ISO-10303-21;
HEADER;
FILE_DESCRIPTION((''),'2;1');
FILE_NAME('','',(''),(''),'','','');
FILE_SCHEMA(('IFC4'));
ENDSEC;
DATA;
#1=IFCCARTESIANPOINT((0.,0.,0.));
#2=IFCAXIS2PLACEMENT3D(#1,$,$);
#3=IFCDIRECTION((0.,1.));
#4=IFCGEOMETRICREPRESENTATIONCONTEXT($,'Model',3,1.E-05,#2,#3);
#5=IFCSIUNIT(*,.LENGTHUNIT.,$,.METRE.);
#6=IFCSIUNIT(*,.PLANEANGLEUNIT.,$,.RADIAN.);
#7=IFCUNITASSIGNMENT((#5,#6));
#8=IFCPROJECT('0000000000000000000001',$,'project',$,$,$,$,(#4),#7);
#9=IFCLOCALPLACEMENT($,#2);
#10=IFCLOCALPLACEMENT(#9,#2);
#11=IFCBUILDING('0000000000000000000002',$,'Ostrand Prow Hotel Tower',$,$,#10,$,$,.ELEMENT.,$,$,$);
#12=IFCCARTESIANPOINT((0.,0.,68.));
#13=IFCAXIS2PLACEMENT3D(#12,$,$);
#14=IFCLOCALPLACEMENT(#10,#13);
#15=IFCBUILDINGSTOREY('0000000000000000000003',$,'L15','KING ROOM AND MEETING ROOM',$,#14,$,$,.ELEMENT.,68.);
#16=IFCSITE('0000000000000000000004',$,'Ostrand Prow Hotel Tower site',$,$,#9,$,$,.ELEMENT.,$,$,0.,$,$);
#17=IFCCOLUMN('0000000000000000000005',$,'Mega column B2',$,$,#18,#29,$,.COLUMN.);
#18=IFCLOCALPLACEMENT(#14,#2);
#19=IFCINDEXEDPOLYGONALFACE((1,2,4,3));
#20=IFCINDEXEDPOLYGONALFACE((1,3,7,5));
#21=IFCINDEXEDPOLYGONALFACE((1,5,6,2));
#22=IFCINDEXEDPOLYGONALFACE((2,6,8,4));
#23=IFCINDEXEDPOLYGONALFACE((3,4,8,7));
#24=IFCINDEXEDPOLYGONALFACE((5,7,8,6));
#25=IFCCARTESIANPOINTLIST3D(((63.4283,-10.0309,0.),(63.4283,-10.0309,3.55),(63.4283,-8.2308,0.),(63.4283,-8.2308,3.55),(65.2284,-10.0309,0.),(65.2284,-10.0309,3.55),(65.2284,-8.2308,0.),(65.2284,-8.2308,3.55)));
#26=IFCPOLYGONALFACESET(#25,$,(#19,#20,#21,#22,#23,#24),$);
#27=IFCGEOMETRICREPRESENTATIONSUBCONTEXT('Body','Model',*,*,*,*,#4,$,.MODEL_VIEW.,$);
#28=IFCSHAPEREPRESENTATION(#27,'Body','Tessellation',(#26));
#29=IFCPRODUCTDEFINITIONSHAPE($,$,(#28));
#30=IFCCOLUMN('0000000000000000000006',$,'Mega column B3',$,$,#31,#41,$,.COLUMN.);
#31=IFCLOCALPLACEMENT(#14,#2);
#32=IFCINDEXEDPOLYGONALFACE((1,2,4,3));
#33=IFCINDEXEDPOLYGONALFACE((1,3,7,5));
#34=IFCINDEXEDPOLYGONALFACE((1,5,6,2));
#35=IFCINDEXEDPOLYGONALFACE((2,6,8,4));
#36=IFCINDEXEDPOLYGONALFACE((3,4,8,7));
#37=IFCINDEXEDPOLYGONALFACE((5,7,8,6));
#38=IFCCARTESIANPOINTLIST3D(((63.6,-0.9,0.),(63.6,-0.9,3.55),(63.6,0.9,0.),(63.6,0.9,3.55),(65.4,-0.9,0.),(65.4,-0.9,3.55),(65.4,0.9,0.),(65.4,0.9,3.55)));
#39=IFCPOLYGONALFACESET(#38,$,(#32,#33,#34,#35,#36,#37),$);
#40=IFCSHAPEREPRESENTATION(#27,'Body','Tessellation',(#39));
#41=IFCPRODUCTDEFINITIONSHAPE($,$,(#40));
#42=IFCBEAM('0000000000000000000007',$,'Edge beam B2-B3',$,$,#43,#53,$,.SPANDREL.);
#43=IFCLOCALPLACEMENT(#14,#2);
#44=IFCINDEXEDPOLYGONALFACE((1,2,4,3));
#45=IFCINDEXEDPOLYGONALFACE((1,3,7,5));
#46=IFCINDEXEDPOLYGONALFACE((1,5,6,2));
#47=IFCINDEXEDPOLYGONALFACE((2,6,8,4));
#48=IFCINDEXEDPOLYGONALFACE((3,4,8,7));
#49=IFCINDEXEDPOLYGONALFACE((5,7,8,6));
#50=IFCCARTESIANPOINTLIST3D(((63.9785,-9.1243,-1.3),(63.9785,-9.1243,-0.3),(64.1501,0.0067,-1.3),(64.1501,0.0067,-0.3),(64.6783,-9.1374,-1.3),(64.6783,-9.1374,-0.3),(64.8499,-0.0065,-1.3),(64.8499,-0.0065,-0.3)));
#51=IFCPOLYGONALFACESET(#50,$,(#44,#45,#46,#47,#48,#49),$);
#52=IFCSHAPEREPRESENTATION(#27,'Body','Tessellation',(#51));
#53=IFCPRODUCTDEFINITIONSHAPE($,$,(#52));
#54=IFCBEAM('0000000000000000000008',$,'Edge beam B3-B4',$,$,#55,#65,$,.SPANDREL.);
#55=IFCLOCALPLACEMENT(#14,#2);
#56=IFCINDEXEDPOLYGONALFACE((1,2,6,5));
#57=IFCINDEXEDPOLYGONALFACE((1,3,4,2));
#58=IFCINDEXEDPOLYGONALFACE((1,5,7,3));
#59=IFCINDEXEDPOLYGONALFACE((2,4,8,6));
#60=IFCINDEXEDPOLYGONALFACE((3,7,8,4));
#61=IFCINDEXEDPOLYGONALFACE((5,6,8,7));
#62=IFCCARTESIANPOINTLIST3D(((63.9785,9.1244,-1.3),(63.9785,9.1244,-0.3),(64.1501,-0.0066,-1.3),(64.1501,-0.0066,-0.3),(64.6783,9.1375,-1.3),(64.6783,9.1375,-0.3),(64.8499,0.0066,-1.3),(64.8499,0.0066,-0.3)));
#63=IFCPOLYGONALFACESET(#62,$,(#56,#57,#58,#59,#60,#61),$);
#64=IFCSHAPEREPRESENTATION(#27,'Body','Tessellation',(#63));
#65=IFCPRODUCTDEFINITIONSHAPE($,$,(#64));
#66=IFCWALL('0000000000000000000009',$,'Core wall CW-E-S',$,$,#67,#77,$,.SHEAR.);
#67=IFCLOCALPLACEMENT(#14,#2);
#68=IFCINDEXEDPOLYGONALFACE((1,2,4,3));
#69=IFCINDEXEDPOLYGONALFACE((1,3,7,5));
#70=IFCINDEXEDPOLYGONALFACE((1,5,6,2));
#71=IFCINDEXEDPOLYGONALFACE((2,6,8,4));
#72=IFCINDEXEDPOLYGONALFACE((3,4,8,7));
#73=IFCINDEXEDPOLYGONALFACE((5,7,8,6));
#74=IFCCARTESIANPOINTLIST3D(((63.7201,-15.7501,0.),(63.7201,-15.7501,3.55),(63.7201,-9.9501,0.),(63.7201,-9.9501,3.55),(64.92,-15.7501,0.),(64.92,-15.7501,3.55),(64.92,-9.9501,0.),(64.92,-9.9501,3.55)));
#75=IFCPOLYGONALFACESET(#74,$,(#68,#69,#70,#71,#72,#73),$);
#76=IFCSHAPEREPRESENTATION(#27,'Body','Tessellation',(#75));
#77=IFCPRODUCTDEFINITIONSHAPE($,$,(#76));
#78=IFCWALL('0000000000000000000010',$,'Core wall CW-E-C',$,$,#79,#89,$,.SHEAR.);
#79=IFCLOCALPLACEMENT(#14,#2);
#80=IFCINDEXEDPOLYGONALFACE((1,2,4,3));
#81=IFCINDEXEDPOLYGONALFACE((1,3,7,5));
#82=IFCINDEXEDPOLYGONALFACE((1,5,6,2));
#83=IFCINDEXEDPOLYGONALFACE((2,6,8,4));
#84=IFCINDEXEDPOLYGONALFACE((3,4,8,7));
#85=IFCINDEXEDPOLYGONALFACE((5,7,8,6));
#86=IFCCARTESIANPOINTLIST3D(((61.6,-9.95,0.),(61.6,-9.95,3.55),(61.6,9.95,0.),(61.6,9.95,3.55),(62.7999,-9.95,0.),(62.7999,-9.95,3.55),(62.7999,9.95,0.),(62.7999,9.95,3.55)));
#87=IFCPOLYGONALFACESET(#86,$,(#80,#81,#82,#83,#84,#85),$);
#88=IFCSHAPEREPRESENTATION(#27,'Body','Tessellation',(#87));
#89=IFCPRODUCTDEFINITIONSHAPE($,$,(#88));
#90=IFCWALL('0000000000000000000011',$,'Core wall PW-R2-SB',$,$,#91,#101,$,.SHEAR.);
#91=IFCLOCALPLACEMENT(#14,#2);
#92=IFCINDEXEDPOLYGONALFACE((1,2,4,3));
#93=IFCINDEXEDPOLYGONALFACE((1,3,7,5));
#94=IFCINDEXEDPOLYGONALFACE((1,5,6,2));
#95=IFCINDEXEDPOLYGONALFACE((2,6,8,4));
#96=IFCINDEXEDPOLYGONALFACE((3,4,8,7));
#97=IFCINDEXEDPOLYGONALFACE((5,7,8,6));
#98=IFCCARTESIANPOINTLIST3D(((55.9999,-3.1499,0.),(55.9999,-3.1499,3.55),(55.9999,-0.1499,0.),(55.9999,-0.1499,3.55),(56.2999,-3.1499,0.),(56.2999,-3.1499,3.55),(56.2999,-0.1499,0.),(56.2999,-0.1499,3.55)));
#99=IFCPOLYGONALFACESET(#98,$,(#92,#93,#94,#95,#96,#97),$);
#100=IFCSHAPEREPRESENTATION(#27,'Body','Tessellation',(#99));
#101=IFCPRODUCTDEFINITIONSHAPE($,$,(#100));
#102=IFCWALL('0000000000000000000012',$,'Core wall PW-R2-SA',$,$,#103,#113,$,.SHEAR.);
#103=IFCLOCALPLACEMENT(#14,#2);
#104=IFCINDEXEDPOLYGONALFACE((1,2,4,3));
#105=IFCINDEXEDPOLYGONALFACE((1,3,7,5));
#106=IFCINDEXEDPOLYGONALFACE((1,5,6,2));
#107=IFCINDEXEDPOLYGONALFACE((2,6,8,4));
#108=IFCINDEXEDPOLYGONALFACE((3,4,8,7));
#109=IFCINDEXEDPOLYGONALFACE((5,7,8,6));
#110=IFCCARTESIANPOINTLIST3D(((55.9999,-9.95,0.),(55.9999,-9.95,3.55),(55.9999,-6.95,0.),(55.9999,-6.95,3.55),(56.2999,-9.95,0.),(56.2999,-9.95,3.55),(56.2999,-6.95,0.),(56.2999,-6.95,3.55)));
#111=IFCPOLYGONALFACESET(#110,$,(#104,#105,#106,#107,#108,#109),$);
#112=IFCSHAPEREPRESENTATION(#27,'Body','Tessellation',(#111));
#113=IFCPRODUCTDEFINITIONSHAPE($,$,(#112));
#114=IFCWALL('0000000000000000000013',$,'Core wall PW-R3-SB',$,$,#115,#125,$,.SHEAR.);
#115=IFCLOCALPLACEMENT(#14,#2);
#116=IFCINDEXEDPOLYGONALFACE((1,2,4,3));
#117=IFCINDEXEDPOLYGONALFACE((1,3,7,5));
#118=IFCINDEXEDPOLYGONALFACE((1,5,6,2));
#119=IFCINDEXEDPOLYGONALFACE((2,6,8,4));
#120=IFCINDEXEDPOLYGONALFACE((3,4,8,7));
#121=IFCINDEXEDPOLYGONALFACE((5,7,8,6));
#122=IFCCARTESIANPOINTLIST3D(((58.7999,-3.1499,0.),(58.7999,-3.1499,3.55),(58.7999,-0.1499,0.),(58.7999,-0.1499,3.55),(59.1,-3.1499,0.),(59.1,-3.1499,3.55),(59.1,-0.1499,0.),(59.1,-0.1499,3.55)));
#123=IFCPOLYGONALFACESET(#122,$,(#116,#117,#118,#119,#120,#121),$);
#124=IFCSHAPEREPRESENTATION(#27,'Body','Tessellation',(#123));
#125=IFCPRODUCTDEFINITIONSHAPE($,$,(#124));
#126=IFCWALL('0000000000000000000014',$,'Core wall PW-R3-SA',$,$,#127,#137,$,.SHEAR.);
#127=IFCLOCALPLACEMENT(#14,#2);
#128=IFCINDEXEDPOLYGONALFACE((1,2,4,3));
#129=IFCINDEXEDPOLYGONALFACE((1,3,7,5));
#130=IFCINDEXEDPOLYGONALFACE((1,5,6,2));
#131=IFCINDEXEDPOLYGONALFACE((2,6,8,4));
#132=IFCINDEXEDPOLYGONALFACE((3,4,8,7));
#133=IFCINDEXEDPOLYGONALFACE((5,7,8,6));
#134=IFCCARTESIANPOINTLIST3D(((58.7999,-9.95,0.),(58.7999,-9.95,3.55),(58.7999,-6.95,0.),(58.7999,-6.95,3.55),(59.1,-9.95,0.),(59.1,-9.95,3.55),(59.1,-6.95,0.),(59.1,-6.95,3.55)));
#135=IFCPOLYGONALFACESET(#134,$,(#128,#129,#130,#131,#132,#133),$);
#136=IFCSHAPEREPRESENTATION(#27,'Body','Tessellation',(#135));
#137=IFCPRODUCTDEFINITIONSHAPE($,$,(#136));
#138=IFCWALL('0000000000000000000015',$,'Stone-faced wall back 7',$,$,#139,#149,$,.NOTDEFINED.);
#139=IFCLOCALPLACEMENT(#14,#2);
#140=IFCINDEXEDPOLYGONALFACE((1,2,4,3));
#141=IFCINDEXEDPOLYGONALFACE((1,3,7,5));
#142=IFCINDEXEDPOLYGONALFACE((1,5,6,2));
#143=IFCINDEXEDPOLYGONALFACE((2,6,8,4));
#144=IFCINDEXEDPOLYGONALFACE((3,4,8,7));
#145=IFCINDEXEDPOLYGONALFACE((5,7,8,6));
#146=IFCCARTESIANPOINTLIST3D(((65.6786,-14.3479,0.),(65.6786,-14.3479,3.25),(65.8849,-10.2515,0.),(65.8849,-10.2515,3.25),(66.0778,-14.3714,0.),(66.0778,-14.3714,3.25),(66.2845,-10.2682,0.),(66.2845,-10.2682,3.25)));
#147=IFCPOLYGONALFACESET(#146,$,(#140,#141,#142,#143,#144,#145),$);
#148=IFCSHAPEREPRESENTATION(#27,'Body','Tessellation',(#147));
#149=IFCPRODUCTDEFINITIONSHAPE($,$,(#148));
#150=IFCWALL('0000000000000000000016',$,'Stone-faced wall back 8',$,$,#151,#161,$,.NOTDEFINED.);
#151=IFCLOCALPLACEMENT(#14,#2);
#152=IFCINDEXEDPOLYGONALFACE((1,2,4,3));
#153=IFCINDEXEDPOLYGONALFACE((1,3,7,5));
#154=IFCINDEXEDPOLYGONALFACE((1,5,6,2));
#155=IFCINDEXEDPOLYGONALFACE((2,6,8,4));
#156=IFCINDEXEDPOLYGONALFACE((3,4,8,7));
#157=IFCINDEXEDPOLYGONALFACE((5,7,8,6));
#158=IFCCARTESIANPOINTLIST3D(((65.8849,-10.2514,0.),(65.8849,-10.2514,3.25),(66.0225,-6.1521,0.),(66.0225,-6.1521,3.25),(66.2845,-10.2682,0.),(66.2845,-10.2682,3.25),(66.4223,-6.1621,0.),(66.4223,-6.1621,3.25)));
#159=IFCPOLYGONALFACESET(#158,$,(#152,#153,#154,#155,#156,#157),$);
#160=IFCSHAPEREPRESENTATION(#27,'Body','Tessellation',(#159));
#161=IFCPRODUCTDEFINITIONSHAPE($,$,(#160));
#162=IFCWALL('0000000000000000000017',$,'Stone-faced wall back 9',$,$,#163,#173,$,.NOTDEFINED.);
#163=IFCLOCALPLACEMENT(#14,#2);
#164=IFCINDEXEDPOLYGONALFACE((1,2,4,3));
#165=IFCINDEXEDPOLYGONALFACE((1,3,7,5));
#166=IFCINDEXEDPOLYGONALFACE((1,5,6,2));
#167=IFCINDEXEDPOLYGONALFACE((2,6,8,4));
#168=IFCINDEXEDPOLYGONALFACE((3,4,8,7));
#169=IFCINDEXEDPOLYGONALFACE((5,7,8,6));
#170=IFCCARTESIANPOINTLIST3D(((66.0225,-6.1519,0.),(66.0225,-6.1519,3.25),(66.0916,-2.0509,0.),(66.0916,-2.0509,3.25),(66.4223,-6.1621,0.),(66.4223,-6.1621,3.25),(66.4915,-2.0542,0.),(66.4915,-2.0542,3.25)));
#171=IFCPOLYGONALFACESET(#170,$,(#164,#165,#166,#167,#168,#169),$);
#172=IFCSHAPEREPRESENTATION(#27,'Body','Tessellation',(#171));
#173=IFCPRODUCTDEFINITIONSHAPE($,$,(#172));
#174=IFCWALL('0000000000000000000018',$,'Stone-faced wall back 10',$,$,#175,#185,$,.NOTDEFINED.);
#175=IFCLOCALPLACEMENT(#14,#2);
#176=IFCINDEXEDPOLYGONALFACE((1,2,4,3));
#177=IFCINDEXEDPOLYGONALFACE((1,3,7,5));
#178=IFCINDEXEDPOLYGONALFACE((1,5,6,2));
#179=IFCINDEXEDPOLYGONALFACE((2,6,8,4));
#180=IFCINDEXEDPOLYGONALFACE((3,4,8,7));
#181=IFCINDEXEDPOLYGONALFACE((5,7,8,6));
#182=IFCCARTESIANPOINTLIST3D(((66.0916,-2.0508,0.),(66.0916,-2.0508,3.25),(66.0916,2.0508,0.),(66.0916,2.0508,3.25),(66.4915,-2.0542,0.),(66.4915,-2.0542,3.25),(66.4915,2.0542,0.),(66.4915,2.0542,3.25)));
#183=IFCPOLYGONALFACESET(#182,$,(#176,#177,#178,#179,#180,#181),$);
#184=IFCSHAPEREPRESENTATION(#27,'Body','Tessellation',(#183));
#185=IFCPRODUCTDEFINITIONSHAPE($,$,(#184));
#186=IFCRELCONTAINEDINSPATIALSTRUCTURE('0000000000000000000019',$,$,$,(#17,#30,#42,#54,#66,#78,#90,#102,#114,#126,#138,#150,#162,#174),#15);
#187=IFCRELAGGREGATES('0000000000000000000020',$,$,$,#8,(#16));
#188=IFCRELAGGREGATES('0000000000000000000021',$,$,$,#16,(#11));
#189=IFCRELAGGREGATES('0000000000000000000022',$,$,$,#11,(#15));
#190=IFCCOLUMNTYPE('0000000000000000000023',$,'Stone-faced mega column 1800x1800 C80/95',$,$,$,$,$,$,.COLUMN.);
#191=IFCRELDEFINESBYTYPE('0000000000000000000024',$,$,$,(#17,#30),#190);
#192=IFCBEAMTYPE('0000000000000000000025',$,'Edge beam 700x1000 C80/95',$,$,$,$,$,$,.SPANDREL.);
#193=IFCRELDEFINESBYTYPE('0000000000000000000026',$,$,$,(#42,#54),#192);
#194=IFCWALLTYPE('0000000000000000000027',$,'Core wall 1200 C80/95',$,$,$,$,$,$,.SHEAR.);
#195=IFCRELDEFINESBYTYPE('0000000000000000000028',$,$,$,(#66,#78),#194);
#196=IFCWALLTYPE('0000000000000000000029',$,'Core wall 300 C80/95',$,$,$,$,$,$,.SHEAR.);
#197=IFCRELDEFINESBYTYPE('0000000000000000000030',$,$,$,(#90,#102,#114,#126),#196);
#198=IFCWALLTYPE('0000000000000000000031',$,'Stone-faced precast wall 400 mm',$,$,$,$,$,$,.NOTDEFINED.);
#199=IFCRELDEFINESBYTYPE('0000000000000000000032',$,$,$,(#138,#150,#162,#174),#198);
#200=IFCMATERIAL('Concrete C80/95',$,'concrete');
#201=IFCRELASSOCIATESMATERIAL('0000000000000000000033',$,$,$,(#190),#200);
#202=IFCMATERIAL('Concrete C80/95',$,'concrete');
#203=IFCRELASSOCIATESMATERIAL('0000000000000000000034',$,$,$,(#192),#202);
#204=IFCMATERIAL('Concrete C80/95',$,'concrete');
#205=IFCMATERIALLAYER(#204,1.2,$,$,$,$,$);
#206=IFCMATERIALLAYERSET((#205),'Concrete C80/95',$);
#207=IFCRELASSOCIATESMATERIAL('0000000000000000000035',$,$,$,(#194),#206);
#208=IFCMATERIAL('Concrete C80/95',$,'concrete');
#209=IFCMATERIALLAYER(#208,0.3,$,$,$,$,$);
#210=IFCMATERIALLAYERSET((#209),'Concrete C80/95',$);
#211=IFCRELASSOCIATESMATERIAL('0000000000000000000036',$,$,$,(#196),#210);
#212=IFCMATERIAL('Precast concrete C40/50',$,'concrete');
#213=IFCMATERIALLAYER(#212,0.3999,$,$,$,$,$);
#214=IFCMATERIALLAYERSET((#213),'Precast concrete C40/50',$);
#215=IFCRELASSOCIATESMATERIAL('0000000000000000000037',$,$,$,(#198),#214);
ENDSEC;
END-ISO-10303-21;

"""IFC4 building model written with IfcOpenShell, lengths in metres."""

from ifc_helpers import new_model, si_unit, direction, frame, frame_2d, origin, origin_2d, place, context, subcontext, project, spatial, polyline, rectangle, outline, extrude, material, layer, layer_set, material_profile, profile_set, type_object, element, save


model = new_model("IFC4")

# Units and contexts
model_context = context("Model", 3, precision=1e-05, world=origin(), true_north=direction((0.0, 1.0)))
body_context = subcontext(model_context, "Body", "Model", "MODEL_VIEW")
ifc_project = project(units=[si_unit("LENGTHUNIT", "METRE"), si_unit("PLANEANGLEUNIT", "RADIAN")], contexts=[model_context])

# Site, building, storey
site_placement = place(None, origin())
site = spatial("IfcSite", under=ifc_project, at=site_placement, Name="Ostrand Prow Hotel Tower site", CompositionType="ELEMENT", RefElevation=0.0)
building_placement = place(site_placement, origin())
building = spatial("IfcBuilding", under=site, at=building_placement, Name="Ostrand Prow Hotel Tower", CompositionType="ELEMENT")
storey_placement = place(building_placement, frame((0.0, 0.0, 68.0)))
storey = spatial("IfcBuildingStorey", under=building, at=storey_placement, Name="L15", Description="KING ROOM AND MEETING ROOM", CompositionType="ELEMENT", Elevation=68.0)

# Columns
ifc_material_1 = material(Name="Concrete C80/95", Category="concrete")
ifc_material_profile_1 = material_profile(ifc_material_1, rectangle(XDim=1.8, YDim=1.8, at=origin_2d()), Name="RC 1800x1800")
ifc_profile_set_1 = profile_set([ifc_material_profile_1], Name="Concrete C80/95")
column_type = type_object("IfcColumnType", Name="Stone-faced mega column 1800x1800 C80/95", PredefinedType="COLUMN", material=ifc_profile_set_1)
for number, where, z_axis, x_axis, name in (
    (1, (64.3284, -9.1309, 0.0), (0.0, 0.0, 1.0), (1.0, 0.0, 0.0), "Mega column B2"),
    (2, (64.5, 0.0, 0.0), (0.0, 0.0, 1.0), (1.0, 0.0, 0.0), "Mega column B3"),
):
    element("IfcColumn", number, at=place(storey_placement, frame(where, z_axis=z_axis, x_axis=x_axis)), inside=storey, type_object=column_type, Name=name, PredefinedType="COLUMN", context=body_context, shape_type="SweptSolid", body=[
        extrude(rectangle(XDim=1.8, YDim=1.8, at=origin_2d()), origin(), (0.0, 0.0, 1.0), 3.55),
    ])

# Beams
ifc_material_2 = material(Name="Concrete C80/95", Category="concrete")
ifc_material_profile_2 = material_profile(ifc_material_2, rectangle(XDim=0.7, YDim=1.0, at=origin_2d()), Name="RC 700x1000")
ifc_profile_set_2 = profile_set([ifc_material_profile_2], Name="Concrete C80/95")
beam_type = type_object("IfcBeamType", Name="Edge beam 700x1000 C80/95", PredefinedType="SPANDREL", material=ifc_profile_set_2)
for number, where, z_axis, x_axis, name in (
    (3, (64.3284, -9.1309, -0.8), (0.018793, 0.999823, 0.0), (-0.999823, 0.018793, 0.0), "Edge beam B2-B3"),
    (4, (64.5, 0.0, -0.8), (-0.018793, 0.999823, 0.0), (-0.999823, -0.018793, 0.0), "Edge beam B3-B4"),
):
    element("IfcBeam", number, at=place(storey_placement, frame(where, z_axis=z_axis, x_axis=x_axis)), inside=storey, type_object=beam_type, Name=name, PredefinedType="SPANDREL", context=body_context, shape_type="SweptSolid", body=[
        extrude(rectangle(XDim=0.7, YDim=1.0, at=origin_2d()), origin(), (0.0, 0.0, 1.0), 9.1326),
    ])

# Walls
ifc_material_3 = material(Name="Concrete C80/95", Category="concrete")
ifc_layer_1 = layer(ifc_material_3, 1.2)
ifc_layer_set_1 = layer_set([ifc_layer_1], Name="Concrete C80/95")
wall_type_1 = type_object("IfcWallType", Name="Core wall 1200 C80/95", PredefinedType="SHEAR", material=ifc_layer_set_1)
wall_1_placement = place(storey_placement, frame((64.3201, -15.75, 0.0), z_axis=(0.0, 0.0, 1.0), x_axis=(0.0, 1.0, 0.0)))
element("IfcWall", 5, at=wall_1_placement, inside=storey, type_object=wall_type_1, Name="Core wall CW-E-S", PredefinedType="SHEAR", context=body_context, shape_type="SweptSolid", body=[
    extrude(rectangle(XDim=5.8, YDim=1.2, at=frame_2d((2.8999, 0.0))), origin(), (0.0, 0.0, 1.0), 3.55),
])
wall_2_placement = place(storey_placement, frame((62.2, -9.95, 0.0), z_axis=(0.0, 0.0, 1.0), x_axis=(0.0, 1.0, 0.0)))
element("IfcWall", 6, at=wall_2_placement, inside=storey, type_object=wall_type_1, Name="Core wall CW-E-C", PredefinedType="SHEAR", context=body_context, shape_type="SweptSolid", body=[
    extrude(rectangle(XDim=19.8999, YDim=1.2, at=frame_2d((9.95, 0.0))), origin(), (0.0, 0.0, 1.0), 3.55),
])
ifc_material_4 = material(Name="Concrete C80/95", Category="concrete")
ifc_layer_2 = layer(ifc_material_4, 0.3)
ifc_layer_set_2 = layer_set([ifc_layer_2], Name="Concrete C80/95")
wall_type_2 = type_object("IfcWallType", Name="Core wall 300 C80/95", PredefinedType="SHEAR", material=ifc_layer_set_2)
for number, where, z_axis, x_axis, name in (
    (7, (56.1499, -3.1499, 0.0), (0.0, 0.0, 1.0), (0.0, 1.0, 0.0), "Core wall PW-R2-SB"),
    (8, (56.1499, -9.95, 0.0), (0.0, 0.0, 1.0), (0.0, 1.0, 0.0), "Core wall PW-R2-SA"),
    (9, (58.95, -3.1499, 0.0), (0.0, 0.0, 1.0), (0.0, 1.0, 0.0), "Core wall PW-R3-SB"),
    (10, (58.95, -9.95, 0.0), (0.0, 0.0, 1.0), (0.0, 1.0, 0.0), "Core wall PW-R3-SA"),
):
    element("IfcWall", number, at=place(storey_placement, frame(where, z_axis=z_axis, x_axis=x_axis)), inside=storey, type_object=wall_type_2, Name=name, PredefinedType="SHEAR", context=body_context, shape_type="SweptSolid", body=[
        extrude(rectangle(XDim=3.0, YDim=0.3, at=frame_2d((1.5, 0.0))), origin(), (0.0, 0.0, 1.0), 3.55),
    ])
ifc_material_5 = material(Name="Precast concrete C40/50", Category="concrete")
ifc_layer_3 = layer(ifc_material_5, 0.3999)
ifc_layer_set_3 = layer_set([ifc_layer_3], Name="Precast concrete C40/50")
wall_type_3 = type_object("IfcWallType", Name="Stone-faced precast wall 400 mm", PredefinedType="NOTDEFINED", material=ifc_layer_set_3)
for number, where, z_axis, x_axis, name in (
    (11, (65.8782, -14.3596, 0.0), (0.0, 0.0, 1.0), (0.050314, 0.998733, 0.0), "Stone-faced wall back 7"),
    (12, (66.0847, -10.2598, 0.0), (0.0, 0.0, 1.0), (0.033543, 0.999437, 0.0), "Stone-faced wall back 8"),
    (13, (66.2224, -6.157, 0.0), (0.0, 0.0, 1.0), (0.016831, 0.999858, 0.0), "Stone-faced wall back 9"),
    (14, (66.2915, -2.0525, 0.0), (0.0, 0.0, 1.0), (0.0, 1.0, 0.0), "Stone-faced wall back 10"),
):
    element("IfcWall", number, at=place(storey_placement, frame(where, z_axis=z_axis, x_axis=x_axis)), inside=storey, type_object=wall_type_3, Name=name, PredefinedType="NOTDEFINED", context=body_context, shape_type="SweptSolid", body=[
        extrude(outline(polyline([(-0.0017, -0.2), (4.1067, -0.2), (4.1033, 0.2), (0.0017, 0.2), (-0.0017, -0.2)])), origin(), (0.0, 0.0, 1.0), 3.25),
    ])

save(model, "model.ifc")
